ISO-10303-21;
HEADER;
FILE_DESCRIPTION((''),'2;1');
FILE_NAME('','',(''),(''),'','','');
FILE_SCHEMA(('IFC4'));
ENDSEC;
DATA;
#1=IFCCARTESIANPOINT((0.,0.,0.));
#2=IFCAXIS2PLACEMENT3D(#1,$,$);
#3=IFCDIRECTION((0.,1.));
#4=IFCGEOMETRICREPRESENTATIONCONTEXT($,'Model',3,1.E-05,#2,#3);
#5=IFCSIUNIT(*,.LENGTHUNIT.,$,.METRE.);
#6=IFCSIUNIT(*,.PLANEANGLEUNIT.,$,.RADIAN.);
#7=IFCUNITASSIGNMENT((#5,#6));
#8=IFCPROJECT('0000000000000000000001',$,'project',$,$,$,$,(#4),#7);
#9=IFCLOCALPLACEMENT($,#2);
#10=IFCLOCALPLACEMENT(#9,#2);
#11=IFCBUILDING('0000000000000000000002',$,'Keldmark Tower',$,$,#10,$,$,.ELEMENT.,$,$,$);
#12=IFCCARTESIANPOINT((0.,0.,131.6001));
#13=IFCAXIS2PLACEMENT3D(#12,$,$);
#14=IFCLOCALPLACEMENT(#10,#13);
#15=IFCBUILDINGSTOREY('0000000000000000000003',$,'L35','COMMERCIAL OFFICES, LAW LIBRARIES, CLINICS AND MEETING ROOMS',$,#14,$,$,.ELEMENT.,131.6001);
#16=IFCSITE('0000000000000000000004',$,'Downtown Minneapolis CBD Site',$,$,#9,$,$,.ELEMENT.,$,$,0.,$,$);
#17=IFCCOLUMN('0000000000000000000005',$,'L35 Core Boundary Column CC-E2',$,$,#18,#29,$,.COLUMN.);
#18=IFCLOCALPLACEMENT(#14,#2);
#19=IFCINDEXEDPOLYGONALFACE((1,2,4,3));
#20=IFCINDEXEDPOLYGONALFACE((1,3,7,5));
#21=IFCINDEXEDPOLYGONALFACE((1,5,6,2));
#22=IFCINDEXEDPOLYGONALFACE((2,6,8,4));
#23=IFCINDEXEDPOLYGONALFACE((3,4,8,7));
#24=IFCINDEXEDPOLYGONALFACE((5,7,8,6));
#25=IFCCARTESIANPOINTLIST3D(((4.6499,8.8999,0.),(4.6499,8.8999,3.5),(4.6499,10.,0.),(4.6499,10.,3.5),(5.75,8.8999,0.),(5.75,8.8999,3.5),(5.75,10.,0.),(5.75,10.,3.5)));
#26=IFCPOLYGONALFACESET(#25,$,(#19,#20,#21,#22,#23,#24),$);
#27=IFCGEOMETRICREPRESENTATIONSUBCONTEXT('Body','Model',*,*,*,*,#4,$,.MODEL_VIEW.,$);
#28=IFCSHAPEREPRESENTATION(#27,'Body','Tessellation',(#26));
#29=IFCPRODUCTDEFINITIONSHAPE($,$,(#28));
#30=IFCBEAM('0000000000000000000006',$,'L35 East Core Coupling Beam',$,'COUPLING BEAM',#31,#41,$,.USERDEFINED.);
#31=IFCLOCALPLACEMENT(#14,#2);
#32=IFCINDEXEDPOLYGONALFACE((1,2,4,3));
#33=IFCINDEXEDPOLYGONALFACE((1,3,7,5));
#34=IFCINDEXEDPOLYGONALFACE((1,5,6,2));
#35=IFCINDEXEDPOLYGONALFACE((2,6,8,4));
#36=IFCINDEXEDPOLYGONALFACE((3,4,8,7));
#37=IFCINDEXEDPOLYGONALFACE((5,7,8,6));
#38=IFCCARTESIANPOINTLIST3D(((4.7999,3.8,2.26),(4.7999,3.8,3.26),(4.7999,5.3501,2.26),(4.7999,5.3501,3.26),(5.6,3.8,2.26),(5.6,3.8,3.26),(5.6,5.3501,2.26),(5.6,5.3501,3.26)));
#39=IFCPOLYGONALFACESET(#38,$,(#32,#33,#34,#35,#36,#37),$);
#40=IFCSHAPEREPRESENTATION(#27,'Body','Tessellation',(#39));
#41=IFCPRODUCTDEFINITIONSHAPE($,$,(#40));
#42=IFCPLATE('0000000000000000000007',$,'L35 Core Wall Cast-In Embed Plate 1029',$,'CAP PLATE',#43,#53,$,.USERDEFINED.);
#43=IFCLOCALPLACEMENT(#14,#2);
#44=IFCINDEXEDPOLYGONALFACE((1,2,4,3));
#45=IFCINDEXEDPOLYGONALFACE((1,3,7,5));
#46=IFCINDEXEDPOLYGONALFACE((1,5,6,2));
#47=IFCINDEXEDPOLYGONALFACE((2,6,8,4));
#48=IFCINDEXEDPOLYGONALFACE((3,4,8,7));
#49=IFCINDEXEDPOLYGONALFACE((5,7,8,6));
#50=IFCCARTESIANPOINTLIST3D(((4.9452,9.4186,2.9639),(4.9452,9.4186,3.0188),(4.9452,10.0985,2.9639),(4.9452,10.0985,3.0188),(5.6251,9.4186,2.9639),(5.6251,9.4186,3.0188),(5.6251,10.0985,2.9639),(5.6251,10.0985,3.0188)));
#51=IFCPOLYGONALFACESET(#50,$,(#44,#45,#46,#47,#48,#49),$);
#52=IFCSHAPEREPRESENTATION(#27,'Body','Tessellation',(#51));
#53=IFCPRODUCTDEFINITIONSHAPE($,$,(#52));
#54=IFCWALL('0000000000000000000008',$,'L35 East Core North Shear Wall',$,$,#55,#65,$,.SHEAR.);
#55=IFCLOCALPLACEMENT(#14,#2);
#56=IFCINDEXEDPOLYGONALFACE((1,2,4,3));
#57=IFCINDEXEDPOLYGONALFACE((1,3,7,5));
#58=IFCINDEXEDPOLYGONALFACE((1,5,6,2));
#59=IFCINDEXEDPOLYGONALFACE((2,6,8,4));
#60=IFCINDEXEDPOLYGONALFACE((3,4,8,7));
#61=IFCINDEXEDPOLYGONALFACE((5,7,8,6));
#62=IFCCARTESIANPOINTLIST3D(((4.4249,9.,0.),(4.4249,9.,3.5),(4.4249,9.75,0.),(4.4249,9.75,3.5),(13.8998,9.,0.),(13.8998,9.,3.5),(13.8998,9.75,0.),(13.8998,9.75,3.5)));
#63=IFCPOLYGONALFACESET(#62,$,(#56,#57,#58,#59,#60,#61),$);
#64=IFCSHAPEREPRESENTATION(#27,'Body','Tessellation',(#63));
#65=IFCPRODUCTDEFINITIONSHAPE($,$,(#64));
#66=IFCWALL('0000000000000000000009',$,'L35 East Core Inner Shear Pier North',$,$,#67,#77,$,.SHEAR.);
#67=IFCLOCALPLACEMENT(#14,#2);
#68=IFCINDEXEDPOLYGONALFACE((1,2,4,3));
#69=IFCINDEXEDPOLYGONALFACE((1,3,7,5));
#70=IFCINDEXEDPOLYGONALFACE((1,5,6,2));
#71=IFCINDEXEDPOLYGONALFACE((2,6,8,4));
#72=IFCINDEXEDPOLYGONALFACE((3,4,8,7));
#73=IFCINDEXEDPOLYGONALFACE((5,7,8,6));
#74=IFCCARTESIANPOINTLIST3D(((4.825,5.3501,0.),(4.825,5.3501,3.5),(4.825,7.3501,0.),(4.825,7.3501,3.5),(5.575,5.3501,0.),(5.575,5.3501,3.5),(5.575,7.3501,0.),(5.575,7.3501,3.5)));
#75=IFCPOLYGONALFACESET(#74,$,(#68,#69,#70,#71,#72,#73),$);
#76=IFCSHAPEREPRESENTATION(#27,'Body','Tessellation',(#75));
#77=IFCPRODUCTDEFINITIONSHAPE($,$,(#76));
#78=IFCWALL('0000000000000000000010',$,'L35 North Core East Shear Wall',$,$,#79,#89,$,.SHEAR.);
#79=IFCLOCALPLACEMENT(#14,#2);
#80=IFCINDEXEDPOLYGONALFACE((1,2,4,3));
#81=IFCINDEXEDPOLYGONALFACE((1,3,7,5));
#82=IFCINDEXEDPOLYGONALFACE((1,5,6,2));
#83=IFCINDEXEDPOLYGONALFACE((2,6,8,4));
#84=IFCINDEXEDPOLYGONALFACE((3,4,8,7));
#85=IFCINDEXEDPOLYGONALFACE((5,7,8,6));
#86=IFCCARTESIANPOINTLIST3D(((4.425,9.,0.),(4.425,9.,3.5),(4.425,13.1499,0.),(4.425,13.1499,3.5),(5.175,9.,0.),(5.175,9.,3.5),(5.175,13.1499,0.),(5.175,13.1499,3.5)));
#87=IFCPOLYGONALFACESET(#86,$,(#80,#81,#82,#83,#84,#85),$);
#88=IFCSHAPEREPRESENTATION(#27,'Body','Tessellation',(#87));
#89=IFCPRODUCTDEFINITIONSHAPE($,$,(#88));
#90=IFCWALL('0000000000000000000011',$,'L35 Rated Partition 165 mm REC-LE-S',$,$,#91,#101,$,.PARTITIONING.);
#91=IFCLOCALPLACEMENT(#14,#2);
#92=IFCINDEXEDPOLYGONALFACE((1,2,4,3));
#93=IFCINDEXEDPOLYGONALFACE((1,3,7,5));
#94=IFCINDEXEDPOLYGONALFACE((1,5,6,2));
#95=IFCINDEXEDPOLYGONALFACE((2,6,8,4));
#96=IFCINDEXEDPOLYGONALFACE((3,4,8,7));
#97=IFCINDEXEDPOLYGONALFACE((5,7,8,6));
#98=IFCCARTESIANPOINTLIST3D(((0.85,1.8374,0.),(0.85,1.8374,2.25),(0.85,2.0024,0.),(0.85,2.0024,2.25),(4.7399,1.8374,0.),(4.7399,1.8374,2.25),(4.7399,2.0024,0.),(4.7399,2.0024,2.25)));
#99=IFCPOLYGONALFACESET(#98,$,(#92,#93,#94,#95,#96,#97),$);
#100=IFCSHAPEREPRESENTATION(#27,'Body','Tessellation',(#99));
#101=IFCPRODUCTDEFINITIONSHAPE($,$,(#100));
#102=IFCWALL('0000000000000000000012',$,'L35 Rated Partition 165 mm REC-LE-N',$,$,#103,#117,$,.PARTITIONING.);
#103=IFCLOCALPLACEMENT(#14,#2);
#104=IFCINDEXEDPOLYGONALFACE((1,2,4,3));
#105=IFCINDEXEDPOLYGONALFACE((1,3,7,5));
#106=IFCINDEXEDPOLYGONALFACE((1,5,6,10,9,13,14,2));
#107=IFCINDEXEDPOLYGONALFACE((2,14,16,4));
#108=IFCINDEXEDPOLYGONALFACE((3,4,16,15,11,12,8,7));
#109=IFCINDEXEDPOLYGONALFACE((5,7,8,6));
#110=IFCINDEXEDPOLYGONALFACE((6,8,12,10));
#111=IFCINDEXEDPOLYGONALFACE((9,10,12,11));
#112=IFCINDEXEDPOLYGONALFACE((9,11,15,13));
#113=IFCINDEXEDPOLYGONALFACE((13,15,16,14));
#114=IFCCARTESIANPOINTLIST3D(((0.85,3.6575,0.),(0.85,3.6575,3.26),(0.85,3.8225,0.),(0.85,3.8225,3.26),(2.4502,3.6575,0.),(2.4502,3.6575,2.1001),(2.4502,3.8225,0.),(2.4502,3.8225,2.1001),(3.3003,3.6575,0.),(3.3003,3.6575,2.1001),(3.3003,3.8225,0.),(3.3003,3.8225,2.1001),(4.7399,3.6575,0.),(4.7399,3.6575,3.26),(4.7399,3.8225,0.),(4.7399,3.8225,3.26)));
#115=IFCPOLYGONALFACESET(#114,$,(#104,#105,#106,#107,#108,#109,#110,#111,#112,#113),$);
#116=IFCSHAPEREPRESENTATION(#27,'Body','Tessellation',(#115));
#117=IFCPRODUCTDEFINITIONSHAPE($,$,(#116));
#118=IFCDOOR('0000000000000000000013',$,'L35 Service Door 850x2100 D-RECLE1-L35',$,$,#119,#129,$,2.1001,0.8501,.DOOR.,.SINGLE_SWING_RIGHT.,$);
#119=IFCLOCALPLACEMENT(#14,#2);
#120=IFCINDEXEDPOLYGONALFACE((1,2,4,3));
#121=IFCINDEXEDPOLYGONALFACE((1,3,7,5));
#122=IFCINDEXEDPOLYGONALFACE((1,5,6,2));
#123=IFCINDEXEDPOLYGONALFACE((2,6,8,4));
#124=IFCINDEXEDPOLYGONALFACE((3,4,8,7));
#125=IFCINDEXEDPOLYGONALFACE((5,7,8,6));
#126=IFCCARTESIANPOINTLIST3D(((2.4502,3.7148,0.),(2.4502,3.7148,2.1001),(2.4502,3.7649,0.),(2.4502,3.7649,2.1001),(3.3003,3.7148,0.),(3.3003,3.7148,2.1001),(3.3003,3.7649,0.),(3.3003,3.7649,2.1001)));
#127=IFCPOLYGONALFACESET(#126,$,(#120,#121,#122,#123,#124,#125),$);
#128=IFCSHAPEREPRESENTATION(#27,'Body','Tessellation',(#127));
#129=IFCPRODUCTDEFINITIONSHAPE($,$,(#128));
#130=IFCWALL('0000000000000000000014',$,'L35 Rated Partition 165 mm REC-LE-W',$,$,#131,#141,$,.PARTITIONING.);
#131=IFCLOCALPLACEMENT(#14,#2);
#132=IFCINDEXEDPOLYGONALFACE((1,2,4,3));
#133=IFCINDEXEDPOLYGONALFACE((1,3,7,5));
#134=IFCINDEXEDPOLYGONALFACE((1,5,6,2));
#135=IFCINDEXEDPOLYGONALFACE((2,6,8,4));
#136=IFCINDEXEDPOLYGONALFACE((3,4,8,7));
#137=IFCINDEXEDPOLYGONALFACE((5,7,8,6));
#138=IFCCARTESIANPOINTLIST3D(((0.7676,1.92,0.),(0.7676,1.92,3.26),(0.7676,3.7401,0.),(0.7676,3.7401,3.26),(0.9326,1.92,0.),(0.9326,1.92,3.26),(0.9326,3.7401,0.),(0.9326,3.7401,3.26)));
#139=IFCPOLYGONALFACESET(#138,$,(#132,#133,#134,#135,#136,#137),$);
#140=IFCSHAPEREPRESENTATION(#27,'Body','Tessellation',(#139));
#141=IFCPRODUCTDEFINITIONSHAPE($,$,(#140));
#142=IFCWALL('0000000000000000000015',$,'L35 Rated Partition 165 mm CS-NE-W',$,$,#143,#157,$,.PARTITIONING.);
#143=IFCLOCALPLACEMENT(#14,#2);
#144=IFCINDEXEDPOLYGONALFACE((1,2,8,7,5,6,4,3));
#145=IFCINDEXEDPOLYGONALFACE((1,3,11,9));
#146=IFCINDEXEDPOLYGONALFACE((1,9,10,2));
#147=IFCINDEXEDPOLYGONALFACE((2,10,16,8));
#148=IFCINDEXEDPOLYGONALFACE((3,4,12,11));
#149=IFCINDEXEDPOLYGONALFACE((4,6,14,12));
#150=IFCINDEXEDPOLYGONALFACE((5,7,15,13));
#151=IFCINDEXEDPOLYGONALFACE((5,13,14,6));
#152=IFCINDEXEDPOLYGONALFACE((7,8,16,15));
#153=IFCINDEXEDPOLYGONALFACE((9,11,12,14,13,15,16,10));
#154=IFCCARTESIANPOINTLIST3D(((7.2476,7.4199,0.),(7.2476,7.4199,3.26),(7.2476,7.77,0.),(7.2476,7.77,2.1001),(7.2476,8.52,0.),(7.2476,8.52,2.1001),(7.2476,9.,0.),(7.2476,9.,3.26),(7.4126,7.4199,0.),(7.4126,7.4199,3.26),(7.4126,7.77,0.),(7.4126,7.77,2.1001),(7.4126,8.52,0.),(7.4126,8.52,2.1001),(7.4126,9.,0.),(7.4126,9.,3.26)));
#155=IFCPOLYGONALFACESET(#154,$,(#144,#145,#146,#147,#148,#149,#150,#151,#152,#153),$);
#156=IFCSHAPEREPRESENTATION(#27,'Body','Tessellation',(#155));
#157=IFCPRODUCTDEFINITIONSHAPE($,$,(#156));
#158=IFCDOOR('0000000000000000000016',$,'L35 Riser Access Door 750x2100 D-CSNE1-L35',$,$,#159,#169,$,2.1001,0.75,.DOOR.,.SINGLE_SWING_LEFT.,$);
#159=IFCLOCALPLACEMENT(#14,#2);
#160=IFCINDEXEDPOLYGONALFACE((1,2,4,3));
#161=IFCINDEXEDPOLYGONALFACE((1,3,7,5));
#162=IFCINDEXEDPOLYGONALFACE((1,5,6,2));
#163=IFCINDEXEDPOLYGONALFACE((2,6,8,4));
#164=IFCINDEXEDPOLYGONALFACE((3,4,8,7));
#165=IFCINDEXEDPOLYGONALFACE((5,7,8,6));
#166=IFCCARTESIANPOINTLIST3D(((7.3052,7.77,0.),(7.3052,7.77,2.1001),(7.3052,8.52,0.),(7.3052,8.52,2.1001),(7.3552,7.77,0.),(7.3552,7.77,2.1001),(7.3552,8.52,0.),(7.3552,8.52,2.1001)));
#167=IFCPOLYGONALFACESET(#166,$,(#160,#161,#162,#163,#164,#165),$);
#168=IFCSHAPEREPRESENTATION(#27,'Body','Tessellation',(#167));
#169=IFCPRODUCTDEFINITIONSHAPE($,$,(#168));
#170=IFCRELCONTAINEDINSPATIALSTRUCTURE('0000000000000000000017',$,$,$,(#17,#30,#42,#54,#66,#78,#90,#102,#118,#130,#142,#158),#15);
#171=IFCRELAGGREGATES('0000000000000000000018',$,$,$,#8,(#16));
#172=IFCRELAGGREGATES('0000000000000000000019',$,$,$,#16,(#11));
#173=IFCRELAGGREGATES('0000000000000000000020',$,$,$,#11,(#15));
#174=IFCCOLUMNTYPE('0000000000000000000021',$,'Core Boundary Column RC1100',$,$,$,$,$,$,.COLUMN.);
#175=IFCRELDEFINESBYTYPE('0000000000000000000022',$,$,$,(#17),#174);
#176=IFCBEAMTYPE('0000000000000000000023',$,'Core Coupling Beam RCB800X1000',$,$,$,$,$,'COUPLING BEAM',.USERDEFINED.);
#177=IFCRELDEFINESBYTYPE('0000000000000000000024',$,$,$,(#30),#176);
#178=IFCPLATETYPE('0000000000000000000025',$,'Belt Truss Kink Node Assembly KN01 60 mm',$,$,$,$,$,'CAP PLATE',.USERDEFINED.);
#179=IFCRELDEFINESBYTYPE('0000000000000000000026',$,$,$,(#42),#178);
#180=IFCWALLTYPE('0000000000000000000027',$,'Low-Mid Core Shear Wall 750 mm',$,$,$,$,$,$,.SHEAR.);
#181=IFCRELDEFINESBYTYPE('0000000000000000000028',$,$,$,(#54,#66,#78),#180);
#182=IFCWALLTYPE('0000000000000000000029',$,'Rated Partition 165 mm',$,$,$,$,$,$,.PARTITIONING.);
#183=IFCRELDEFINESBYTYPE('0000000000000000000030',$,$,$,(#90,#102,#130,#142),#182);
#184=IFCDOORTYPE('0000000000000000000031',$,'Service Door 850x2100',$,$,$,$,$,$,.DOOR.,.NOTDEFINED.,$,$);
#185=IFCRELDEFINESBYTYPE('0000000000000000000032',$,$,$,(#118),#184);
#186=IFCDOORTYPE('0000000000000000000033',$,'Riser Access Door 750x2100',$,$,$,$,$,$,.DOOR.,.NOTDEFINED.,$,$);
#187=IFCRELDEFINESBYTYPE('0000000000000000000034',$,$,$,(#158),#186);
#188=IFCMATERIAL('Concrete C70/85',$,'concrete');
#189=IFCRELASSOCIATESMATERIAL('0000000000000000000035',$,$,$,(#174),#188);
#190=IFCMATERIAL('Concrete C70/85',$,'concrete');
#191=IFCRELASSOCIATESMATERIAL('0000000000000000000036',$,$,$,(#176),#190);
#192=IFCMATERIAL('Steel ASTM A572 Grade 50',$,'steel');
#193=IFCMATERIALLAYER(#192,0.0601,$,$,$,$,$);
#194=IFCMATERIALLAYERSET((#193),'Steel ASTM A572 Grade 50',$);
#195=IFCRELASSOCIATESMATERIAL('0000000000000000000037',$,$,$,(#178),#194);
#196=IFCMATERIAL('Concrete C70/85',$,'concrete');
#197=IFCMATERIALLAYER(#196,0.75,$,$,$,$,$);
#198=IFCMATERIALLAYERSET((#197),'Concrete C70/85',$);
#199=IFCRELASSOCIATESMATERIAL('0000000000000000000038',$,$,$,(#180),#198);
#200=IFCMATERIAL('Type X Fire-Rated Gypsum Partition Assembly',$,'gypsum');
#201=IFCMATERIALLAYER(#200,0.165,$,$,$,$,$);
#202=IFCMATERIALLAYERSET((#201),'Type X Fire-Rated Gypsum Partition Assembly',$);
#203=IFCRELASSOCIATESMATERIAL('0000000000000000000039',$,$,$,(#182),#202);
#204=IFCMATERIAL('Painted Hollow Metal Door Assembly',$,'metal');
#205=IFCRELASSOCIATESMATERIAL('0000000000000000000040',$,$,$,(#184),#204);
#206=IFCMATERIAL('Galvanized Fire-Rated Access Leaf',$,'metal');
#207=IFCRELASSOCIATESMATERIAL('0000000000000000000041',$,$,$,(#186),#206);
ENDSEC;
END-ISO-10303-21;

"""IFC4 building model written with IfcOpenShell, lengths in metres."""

from ifc_helpers import new_model, si_unit, direction, frame, frame_2d, origin, origin_2d, place, context, subcontext, project, spatial, rectangle, extrude, material, layer, layer_set, material_profile, profile_set, type_object, element, fill, save


model = new_model("IFC4")

# Units and contexts
model_context = context("Model", 3, precision=1e-05, world=origin(), true_north=direction((0.0, 1.0)))
body_context = subcontext(model_context, "Body", "Model", "MODEL_VIEW")
ifc_project = project(units=[si_unit("LENGTHUNIT", "METRE"), si_unit("PLANEANGLEUNIT", "RADIAN")], contexts=[model_context])

# Site, building, storey
site_placement = place(None, origin())
site = spatial("IfcSite", under=ifc_project, at=site_placement, Name="Downtown Minneapolis CBD Site", CompositionType="ELEMENT", RefElevation=0.0)
building_placement = place(site_placement, origin())
building = spatial("IfcBuilding", under=site, at=building_placement, Name="Keldmark Tower", CompositionType="ELEMENT")
storey_placement = place(building_placement, frame((0.0, 0.0, 131.6001)))
storey = spatial("IfcBuildingStorey", under=building, at=storey_placement, Name="L35", Description="COMMERCIAL OFFICES, LAW LIBRARIES, CLINICS AND MEETING ROOMS", CompositionType="ELEMENT", Elevation=131.6001)

# Column
ifc_material_1 = material(Name="Concrete C70/85", Category="concrete")
ifc_material_profile_1 = material_profile(ifc_material_1, rectangle(XDim=1.1001, YDim=1.1001, at=origin_2d()), Name="RC1100X1100")
ifc_profile_set_1 = profile_set([ifc_material_profile_1], Name="Concrete C70/85")
column_type = type_object("IfcColumnType", Name="Core Boundary Column RC1100", PredefinedType="COLUMN", material=ifc_profile_set_1)
column_placement = place(storey_placement, frame((5.2, 9.45, 0.0), z_axis=(0.0, 0.0, 1.0), x_axis=(1.0, 0.0, 0.0)))
element("IfcColumn", 1, at=column_placement, inside=storey, type_object=column_type, Name="L35 Core Boundary Column CC-E2", PredefinedType="COLUMN", context=body_context, shape_type="SweptSolid", body=[
    extrude(rectangle(XDim=1.1001, YDim=1.1001, at=origin_2d()), origin(), (0.0, 0.0, 1.0), 3.5),
])

# Beam
ifc_material_2 = material(Name="Concrete C70/85", Category="concrete")
ifc_material_profile_2 = material_profile(ifc_material_2, rectangle(XDim=0.8, YDim=1.0, at=origin_2d()), Name="RCB800X1000")
ifc_profile_set_2 = profile_set([ifc_material_profile_2], Name="Concrete C70/85")
beam_type = type_object("IfcBeamType", Name="Core Coupling Beam RCB800X1000", ElementType="COUPLING BEAM", PredefinedType="USERDEFINED", material=ifc_profile_set_2)
beam_placement = place(storey_placement, frame((5.2, 3.8, 2.76), z_axis=(0.0, 1.0, 0.0), x_axis=(-1.0, 0.0, 0.0)))
element("IfcBeam", 2, at=beam_placement, inside=storey, type_object=beam_type, Name="L35 East Core Coupling Beam", ObjectType="COUPLING BEAM", PredefinedType="USERDEFINED", context=body_context, shape_type="SweptSolid", body=[
    extrude(rectangle(XDim=0.8, YDim=1.0, at=origin_2d()), origin(), (0.0, 0.0, 1.0), 1.55),
])

# Plate
ifc_material_3 = material(Name="Steel ASTM A572 Grade 50", Category="steel")
ifc_layer_1 = layer(ifc_material_3, 0.0601)
ifc_layer_set_1 = layer_set([ifc_layer_1], Name="Steel ASTM A572 Grade 50")
plate_type = type_object("IfcPlateType", Name="Belt Truss Kink Node Assembly KN01 60 mm", ElementType="CAP PLATE", PredefinedType="USERDEFINED", material=ifc_layer_set_1)
plate_placement = place(storey_placement, frame((5.2852, 9.7585, 2.9639), z_axis=(0.0, 0.0, 1.0), x_axis=(1.0, 0.0, 0.0)))
element("IfcPlate", 3, at=plate_placement, inside=storey, type_object=plate_type, Name="L35 Core Wall Cast-In Embed Plate 1029", ObjectType="CAP PLATE", PredefinedType="USERDEFINED", context=body_context, shape_type="SweptSolid", body=[
    extrude(rectangle(XDim=0.6799, YDim=0.6799, at=origin_2d()), origin(), (0.0, 0.0, 1.0), 0.0549),
])

# Walls
ifc_material_4 = material(Name="Concrete C70/85", Category="concrete")
ifc_layer_2 = layer(ifc_material_4, 0.75)
ifc_layer_set_2 = layer_set([ifc_layer_2], Name="Concrete C70/85")
wall_type_1 = type_object("IfcWallType", Name="Low-Mid Core Shear Wall 750 mm", PredefinedType="SHEAR", material=ifc_layer_set_2)
wall_1_placement = place(storey_placement, frame((4.425, 9.375, 0.0), z_axis=(0.0, 0.0, 1.0), x_axis=(1.0, 0.0, 0.0)))
element("IfcWall", 4, at=wall_1_placement, inside=storey, type_object=wall_type_1, Name="L35 East Core North Shear Wall", PredefinedType="SHEAR", context=body_context, shape_type="SweptSolid", body=[
    extrude(rectangle(XDim=9.4749, YDim=0.75, at=frame_2d((4.7373, 0.0))), origin(), (0.0, 0.0, 1.0), 3.5),
])
wall_2_placement = place(storey_placement, frame((5.2, 5.3501, 0.0), z_axis=(0.0, 0.0, 1.0), x_axis=(0.0, 1.0, 0.0)))
element("IfcWall", 5, at=wall_2_placement, inside=storey, type_object=wall_type_1, Name="L35 East Core Inner Shear Pier North", PredefinedType="SHEAR", context=body_context, shape_type="SweptSolid", body=[
    extrude(rectangle(XDim=2.0, YDim=0.75, at=frame_2d((1.0, 0.0))), origin(), (0.0, 0.0, 1.0), 3.5),
])
wall_3_placement = place(storey_placement, frame((4.8, 9.0, 0.0), z_axis=(0.0, 0.0, 1.0), x_axis=(0.0, 1.0, 0.0)))
element("IfcWall", 6, at=wall_3_placement, inside=storey, type_object=wall_type_1, Name="L35 North Core East Shear Wall", PredefinedType="SHEAR", context=body_context, shape_type="SweptSolid", body=[
    extrude(rectangle(XDim=4.1499, YDim=0.75, at=frame_2d((2.075, 0.0))), origin(), (0.0, 0.0, 1.0), 3.5),
])
ifc_material_5 = material(Name="Type X Fire-Rated Gypsum Partition Assembly", Category="gypsum")
ifc_layer_3 = layer(ifc_material_5, 0.165)
ifc_layer_set_3 = layer_set([ifc_layer_3], Name="Type X Fire-Rated Gypsum Partition Assembly")
wall_type_2 = type_object("IfcWallType", Name="Rated Partition 165 mm", PredefinedType="PARTITIONING", material=ifc_layer_set_3)
wall_4_placement = place(storey_placement, frame((0.8501, 1.9199, 0.0), z_axis=(0.0, 0.0, 1.0), x_axis=(1.0, 0.0, 0.0)))
element("IfcWall", 7, at=wall_4_placement, inside=storey, type_object=wall_type_2, Name="L35 Rated Partition 165 mm REC-LE-S", PredefinedType="PARTITIONING", context=body_context, shape_type="SweptSolid", body=[
    extrude(rectangle(XDim=3.8899, YDim=0.165, at=frame_2d((1.9448, 0.0))), origin(), (0.0, 0.0, 1.0), 2.25),
])

# Wall, opening, door
wall_5_placement = place(storey_placement, frame((0.8501, 3.74, 0.0), z_axis=(0.0, 0.0, 1.0), x_axis=(1.0, 0.0, 0.0)))
wall_5 = element("IfcWall", 8, at=wall_5_placement, inside=storey, type_object=wall_type_2, Name="L35 Rated Partition 165 mm REC-LE-N", PredefinedType="PARTITIONING", context=body_context, shape_type="SweptSolid", body=[
    extrude(rectangle(XDim=3.8899, YDim=0.165, at=frame_2d((1.9448, 0.0))), origin(), (0.0, 0.0, 1.0), 3.26),
])
opening_1_placement = place(wall_5_placement, frame((1.6001, 0.0, 0.0)))
opening_1 = element("IfcOpeningElement", 9, at=opening_1_placement, cuts=wall_5, PredefinedType="OPENING", context=body_context, shape_type="SweptSolid", body=[
    extrude(rectangle(XDim=0.8501, YDim=2.1001, at=frame_2d((0.425, 1.05))), frame((0.0, 0.0925, 0.0), z_axis=(0.0, -1.0, 0.0), x_axis=(1.0, 0.0, 0.0)), (0.0, 0.0, 1.0), 0.1851),
])
ifc_material_6 = material(Name="Painted Hollow Metal Door Assembly", Category="metal")
door_type_1 = type_object("IfcDoorType", Name="Service Door 850x2100", OperationType="NOTDEFINED", PredefinedType="DOOR", material=ifc_material_6)
door_1_placement = place(opening_1_placement, origin())
door_1 = element("IfcDoor", 10, at=door_1_placement, inside=storey, type_object=door_type_1, Name="L35 Service Door 850x2100 D-RECLE1-L35", OperationType="SINGLE_SWING_RIGHT", OverallHeight=2.1001, OverallWidth=0.8501, PredefinedType="DOOR", context=body_context, shape_type="SweptSolid", body=[
    extrude(rectangle(XDim=0.8501, YDim=2.1001, at=frame_2d((0.425, 1.05))), frame((0.0, 0.0249, 0.0), z_axis=(0.0, -1.0, 0.0), x_axis=(1.0, 0.0, 0.0)), (0.0, 0.0, 1.0), 0.05),
])
fill(opening_1, door_1)

# Wall
wall_6_placement = place(storey_placement, frame((0.8501, 1.9199, 0.0), z_axis=(0.0, 0.0, 1.0), x_axis=(0.0, 1.0, 0.0)))
element("IfcWall", 11, at=wall_6_placement, inside=storey, type_object=wall_type_2, Name="L35 Rated Partition 165 mm REC-LE-W", PredefinedType="PARTITIONING", context=body_context, shape_type="SweptSolid", body=[
    extrude(rectangle(XDim=1.8201, YDim=0.165, at=frame_2d((0.9102, 0.0))), origin(), (0.0, 0.0, 1.0), 3.26),
])

# Wall, opening, door
wall_7_placement = place(storey_placement, frame((7.3301, 7.4199, 0.0), z_axis=(0.0, 0.0, 1.0), x_axis=(0.0, 1.0, 0.0)))
wall_7 = element("IfcWall", 12, at=wall_7_placement, inside=storey, type_object=wall_type_2, Name="L35 Rated Partition 165 mm CS-NE-W", PredefinedType="PARTITIONING", context=body_context, shape_type="SweptSolid", body=[
    extrude(rectangle(XDim=1.5801, YDim=0.165, at=frame_2d((0.79, 0.0))), origin(), (0.0, 0.0, 1.0), 3.26),
])
opening_2_placement = place(wall_7_placement, frame((0.3501, 0.0, 0.0)))
opening_2 = element("IfcOpeningElement", 13, at=opening_2_placement, cuts=wall_7, PredefinedType="OPENING", context=body_context, shape_type="SweptSolid", body=[
    extrude(rectangle(XDim=0.75, YDim=2.1001, at=frame_2d((0.375, 1.05))), frame((0.0, 0.0925, 0.0), z_axis=(0.0, -1.0, 0.0), x_axis=(1.0, 0.0, 0.0)), (0.0, 0.0, 1.0), 0.1851),
])
ifc_material_7 = material(Name="Galvanized Fire-Rated Access Leaf", Category="metal")
door_type_2 = type_object("IfcDoorType", Name="Riser Access Door 750x2100", OperationType="NOTDEFINED", PredefinedType="DOOR", material=ifc_material_7)
door_2_placement = place(opening_2_placement, origin())
door_2 = element("IfcDoor", 14, at=door_2_placement, inside=storey, type_object=door_type_2, Name="L35 Riser Access Door 750x2100 D-CSNE1-L35", OperationType="SINGLE_SWING_LEFT", OverallHeight=2.1001, OverallWidth=0.75, PredefinedType="DOOR", context=body_context, shape_type="SweptSolid", body=[
    extrude(rectangle(XDim=0.75, YDim=2.1001, at=frame_2d((0.375, 1.05))), frame((0.0, 0.0249, 0.0), z_axis=(0.0, -1.0, 0.0), x_axis=(1.0, 0.0, 0.0)), (0.0, 0.0, 1.0), 0.05),
])
fill(opening_2, door_2)

save(model, "model.ifc")
